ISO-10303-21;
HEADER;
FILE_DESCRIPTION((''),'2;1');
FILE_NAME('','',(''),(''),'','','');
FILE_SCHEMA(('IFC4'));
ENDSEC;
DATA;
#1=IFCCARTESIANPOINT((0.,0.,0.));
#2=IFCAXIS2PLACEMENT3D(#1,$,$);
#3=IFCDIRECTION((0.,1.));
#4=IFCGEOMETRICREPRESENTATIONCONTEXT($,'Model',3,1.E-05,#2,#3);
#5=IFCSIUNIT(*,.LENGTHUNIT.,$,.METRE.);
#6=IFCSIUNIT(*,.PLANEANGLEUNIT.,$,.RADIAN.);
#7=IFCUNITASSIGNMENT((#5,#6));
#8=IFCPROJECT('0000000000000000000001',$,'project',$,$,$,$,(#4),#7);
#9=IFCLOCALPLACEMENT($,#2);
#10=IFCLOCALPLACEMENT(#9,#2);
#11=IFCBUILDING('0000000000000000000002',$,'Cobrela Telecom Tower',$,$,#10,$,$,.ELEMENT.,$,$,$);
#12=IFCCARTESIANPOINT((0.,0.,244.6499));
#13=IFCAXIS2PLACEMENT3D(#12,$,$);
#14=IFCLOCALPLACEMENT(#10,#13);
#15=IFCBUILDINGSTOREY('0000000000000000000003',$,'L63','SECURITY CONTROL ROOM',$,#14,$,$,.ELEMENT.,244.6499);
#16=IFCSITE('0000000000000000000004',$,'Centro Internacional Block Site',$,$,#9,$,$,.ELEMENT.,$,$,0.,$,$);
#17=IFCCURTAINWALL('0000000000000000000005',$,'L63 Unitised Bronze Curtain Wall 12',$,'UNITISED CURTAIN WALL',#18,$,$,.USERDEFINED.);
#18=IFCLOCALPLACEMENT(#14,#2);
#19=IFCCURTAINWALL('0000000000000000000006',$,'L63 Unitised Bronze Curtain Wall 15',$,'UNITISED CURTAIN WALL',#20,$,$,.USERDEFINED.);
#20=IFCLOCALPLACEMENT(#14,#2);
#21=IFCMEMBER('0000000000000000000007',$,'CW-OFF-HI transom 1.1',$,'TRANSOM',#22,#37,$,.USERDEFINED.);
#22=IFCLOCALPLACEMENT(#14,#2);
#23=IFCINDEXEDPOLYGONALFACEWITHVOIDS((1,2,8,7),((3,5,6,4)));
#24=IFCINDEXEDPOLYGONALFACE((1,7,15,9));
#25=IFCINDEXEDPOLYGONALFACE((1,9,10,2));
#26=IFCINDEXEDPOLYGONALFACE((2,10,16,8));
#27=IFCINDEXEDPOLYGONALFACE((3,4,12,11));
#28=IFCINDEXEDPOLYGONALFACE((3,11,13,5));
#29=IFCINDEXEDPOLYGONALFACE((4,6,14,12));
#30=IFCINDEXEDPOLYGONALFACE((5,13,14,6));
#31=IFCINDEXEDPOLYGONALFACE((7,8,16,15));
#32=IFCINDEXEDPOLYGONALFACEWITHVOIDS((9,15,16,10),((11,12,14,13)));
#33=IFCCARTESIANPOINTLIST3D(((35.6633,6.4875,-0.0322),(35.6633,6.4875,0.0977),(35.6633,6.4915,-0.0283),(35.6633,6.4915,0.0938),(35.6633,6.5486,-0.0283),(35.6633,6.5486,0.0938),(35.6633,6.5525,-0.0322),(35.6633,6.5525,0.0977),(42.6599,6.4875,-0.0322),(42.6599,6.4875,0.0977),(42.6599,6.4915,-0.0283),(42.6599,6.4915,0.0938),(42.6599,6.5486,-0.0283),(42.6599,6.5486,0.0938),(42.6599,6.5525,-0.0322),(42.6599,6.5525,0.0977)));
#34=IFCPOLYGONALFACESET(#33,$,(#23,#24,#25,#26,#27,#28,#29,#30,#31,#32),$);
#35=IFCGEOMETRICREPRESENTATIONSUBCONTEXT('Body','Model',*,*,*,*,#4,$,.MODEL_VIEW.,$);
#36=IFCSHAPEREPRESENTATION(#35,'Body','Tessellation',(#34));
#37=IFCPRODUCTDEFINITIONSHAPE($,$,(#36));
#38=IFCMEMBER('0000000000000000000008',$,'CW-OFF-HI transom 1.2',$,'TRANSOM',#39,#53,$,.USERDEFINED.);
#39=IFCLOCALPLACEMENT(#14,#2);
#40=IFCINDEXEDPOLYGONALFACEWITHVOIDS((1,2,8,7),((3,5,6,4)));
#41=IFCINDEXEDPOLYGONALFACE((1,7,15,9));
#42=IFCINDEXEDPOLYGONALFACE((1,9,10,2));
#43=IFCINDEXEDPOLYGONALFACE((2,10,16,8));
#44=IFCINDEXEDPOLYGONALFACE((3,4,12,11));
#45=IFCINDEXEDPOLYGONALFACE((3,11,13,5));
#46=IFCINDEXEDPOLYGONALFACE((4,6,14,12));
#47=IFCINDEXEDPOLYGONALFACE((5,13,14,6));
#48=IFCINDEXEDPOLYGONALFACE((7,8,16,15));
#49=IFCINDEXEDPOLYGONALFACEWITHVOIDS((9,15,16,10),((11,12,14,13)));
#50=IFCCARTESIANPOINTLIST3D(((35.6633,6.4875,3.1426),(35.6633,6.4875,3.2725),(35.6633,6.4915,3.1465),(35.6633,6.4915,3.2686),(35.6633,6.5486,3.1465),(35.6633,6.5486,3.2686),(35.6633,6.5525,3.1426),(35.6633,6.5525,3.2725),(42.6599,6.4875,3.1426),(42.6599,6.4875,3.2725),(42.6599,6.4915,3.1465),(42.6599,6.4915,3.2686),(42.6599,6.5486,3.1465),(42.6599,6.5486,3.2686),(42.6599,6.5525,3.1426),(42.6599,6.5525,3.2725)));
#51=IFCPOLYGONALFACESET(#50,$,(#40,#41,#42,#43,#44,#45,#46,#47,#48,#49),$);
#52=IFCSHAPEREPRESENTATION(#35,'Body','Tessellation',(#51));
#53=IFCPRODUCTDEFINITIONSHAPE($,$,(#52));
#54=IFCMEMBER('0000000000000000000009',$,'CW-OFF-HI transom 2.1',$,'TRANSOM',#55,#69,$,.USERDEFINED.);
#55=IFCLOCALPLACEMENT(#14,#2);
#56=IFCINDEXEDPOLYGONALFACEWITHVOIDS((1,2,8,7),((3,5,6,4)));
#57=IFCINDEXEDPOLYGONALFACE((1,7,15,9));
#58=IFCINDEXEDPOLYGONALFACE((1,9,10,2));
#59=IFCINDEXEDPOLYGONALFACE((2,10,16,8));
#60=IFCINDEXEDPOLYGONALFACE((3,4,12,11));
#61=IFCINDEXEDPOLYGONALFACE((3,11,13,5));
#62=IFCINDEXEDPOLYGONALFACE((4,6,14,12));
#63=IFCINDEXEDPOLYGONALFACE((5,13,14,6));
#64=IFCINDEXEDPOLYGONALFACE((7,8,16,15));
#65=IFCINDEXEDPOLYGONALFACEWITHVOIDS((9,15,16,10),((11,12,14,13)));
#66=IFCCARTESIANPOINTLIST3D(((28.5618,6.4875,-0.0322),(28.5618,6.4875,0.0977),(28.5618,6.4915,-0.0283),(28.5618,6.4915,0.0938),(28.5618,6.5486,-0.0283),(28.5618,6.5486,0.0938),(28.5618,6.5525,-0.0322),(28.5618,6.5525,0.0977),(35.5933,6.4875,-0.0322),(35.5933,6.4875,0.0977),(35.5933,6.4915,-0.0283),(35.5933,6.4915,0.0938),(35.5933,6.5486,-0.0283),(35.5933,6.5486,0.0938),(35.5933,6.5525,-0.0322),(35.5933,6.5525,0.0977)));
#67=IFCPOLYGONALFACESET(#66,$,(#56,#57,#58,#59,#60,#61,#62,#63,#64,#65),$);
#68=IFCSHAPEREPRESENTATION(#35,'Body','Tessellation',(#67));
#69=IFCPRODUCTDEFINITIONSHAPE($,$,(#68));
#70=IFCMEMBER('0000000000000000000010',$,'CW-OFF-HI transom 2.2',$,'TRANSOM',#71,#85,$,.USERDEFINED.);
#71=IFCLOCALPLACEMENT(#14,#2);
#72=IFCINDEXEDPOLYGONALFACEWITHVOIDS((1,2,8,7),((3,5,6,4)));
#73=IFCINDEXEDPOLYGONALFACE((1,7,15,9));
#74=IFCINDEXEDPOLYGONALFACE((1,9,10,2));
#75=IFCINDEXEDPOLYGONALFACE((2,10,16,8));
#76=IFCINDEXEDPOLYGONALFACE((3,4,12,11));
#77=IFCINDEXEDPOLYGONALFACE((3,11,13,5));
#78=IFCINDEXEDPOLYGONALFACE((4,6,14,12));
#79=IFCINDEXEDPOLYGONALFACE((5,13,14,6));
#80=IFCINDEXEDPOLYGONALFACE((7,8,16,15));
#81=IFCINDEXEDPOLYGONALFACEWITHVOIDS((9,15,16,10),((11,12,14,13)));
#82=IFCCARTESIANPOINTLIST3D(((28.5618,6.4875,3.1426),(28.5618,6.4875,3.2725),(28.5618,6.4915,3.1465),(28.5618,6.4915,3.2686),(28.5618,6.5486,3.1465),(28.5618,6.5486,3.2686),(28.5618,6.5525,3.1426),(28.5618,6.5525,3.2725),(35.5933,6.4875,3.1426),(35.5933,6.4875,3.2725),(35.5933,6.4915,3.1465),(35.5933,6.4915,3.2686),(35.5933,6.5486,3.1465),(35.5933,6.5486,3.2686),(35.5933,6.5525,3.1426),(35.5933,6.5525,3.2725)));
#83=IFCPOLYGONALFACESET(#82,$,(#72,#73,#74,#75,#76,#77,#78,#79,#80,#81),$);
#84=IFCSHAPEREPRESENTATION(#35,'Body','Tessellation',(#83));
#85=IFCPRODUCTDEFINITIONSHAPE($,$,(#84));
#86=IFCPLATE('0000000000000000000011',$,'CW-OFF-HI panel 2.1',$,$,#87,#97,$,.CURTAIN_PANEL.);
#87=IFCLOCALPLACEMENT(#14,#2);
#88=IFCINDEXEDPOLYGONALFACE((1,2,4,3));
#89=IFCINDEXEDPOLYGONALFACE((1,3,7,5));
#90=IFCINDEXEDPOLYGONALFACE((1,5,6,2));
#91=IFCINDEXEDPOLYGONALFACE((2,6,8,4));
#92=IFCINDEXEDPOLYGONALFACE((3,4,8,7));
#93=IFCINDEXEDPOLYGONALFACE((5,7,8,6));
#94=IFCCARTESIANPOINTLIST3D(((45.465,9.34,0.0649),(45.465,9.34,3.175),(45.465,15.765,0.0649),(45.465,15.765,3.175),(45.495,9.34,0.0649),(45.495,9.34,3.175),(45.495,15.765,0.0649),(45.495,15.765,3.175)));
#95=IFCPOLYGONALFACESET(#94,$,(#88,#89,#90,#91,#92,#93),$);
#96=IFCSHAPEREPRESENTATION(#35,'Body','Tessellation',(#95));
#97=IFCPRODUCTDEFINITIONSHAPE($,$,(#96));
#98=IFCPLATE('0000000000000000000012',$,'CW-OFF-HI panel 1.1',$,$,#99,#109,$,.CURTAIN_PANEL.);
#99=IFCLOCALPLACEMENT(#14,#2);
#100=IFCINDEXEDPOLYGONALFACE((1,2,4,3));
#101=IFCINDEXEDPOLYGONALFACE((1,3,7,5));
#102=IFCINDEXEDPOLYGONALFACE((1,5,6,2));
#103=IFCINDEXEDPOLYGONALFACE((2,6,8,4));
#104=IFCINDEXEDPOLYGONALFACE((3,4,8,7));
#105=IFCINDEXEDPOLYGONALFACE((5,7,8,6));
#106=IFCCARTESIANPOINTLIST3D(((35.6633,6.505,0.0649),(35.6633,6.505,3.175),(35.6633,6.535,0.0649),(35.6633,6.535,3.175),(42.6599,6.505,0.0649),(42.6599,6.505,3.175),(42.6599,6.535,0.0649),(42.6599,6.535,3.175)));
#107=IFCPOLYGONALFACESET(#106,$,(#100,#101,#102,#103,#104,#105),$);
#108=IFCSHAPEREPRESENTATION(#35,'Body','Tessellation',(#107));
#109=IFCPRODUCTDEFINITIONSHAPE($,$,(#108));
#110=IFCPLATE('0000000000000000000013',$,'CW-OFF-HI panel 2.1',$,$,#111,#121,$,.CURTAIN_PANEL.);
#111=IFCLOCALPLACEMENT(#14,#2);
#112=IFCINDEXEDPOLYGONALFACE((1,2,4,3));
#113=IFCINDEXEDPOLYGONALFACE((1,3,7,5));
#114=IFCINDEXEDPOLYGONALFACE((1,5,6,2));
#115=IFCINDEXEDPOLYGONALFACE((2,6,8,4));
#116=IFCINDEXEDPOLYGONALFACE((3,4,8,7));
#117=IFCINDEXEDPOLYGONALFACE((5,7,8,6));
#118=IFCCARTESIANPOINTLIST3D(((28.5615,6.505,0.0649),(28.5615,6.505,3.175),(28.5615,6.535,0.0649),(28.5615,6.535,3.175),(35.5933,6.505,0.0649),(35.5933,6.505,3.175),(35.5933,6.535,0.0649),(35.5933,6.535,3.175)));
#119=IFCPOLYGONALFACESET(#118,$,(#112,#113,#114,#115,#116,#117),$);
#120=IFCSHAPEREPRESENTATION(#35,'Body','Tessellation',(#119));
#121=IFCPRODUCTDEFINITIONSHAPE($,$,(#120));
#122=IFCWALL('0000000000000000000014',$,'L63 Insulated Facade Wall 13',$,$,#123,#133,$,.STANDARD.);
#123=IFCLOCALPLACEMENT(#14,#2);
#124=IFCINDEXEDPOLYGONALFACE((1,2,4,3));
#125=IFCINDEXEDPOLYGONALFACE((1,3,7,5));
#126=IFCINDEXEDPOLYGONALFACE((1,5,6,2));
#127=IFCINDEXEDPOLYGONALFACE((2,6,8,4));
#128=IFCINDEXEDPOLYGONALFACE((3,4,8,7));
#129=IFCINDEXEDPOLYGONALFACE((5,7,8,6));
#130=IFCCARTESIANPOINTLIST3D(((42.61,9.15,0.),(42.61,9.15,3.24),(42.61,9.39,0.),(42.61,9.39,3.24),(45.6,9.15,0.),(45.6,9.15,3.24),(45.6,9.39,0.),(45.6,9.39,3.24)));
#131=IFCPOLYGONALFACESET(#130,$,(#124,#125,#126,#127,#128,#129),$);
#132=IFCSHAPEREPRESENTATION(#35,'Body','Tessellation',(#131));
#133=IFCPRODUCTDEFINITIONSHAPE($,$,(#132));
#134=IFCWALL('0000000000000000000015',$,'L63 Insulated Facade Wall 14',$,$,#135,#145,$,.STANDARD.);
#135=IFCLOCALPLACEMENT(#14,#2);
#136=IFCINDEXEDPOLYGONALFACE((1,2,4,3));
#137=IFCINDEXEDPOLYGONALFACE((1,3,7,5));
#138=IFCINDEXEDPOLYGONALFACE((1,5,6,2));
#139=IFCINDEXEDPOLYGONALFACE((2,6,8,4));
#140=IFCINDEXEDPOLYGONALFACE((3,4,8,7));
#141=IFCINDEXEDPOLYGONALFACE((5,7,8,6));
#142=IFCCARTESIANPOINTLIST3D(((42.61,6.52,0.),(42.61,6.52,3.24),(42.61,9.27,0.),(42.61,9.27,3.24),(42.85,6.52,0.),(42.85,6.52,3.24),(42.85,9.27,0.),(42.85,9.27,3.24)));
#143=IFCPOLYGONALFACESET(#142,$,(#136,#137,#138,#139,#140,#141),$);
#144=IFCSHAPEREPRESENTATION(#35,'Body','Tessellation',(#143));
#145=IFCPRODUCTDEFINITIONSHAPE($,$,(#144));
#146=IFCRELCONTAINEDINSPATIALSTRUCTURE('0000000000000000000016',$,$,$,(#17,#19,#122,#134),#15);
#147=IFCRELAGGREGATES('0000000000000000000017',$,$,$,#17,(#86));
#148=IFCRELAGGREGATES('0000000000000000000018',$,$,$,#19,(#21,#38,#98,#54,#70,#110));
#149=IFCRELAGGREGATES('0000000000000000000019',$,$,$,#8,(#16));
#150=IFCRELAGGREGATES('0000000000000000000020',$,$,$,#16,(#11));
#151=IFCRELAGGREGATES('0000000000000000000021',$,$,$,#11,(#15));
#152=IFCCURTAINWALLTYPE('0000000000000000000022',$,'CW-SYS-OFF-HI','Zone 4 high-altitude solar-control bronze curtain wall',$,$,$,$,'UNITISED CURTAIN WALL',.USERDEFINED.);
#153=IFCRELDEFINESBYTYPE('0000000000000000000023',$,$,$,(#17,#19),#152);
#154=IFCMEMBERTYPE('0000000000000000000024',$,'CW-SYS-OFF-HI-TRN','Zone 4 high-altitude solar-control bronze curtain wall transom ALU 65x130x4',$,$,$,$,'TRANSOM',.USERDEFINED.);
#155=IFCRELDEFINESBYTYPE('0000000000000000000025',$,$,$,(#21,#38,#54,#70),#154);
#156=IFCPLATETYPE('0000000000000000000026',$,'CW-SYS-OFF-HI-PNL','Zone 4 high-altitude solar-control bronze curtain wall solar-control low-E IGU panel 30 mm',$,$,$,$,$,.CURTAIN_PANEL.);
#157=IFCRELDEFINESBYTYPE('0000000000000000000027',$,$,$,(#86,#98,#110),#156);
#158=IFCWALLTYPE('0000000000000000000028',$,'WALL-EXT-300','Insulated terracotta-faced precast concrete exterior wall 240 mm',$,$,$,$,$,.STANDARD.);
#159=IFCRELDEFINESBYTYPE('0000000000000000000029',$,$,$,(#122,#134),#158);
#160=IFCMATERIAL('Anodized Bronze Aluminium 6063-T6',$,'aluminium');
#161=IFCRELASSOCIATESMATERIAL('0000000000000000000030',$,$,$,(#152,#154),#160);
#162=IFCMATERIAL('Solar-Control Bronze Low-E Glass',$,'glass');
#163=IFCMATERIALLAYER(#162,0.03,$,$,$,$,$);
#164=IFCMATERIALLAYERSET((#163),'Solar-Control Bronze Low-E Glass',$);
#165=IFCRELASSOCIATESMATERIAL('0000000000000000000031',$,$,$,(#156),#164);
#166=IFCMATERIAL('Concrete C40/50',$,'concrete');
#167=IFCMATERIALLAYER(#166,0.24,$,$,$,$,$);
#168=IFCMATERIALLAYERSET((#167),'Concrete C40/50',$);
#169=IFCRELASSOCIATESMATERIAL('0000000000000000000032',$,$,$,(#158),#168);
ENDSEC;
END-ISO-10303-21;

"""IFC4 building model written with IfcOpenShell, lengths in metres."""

from ifc_helpers import new_model, si_unit, direction, frame, frame_2d, origin, origin_2d, place, context, subcontext, project, spatial, rectangle, hollow_rectangle, extrude, material, layer, layer_set, material_profile, profile_set, type_object, element, aggregate, save


model = new_model("IFC4")

# Units and contexts
model_context = context("Model", 3, precision=1e-05, world=origin(), true_north=direction((0.0, 1.0)))
body_context = subcontext(model_context, "Body", "Model", "MODEL_VIEW")
ifc_project = project(units=[si_unit("LENGTHUNIT", "METRE"), si_unit("PLANEANGLEUNIT", "RADIAN")], contexts=[model_context])

# Site, building, storey
site_placement = place(None, origin())
site = spatial("IfcSite", under=ifc_project, at=site_placement, Name="Centro Internacional Block Site", CompositionType="ELEMENT", RefElevation=0.0)
building_placement = place(site_placement, origin())
building = spatial("IfcBuilding", under=site, at=building_placement, Name="Cobrela Telecom Tower", CompositionType="ELEMENT")
storey_placement = place(building_placement, frame((0.0, 0.0, 244.6499)))
storey = spatial("IfcBuildingStorey", under=building, at=storey_placement, Name="L63", Description="SECURITY CONTROL ROOM", CompositionType="ELEMENT", Elevation=244.6499)

# Curtain wall
ifc_material_1 = material(Name="Anodized Bronze Aluminium 6063-T6", Category="aluminium")
curtain_wall_type = type_object("IfcCurtainWallType", Name="CW-SYS-OFF-HI", Description="Zone 4 high-altitude solar-control bronze curtain wall", ElementType="UNITISED CURTAIN WALL", PredefinedType="USERDEFINED", material=ifc_material_1)
curtain_wall_1_placement = place(storey_placement, origin())
curtain_wall_1 = element("IfcCurtainWall", 1, at=curtain_wall_1_placement, inside=storey, type_object=curtain_wall_type, Name="L63 Unitised Bronze Curtain Wall 12", ObjectType="UNITISED CURTAIN WALL", PredefinedType="USERDEFINED")

# Curtain wall, members
curtain_wall_2_placement = place(storey_placement, origin())
curtain_wall_2 = element("IfcCurtainWall", 2, at=curtain_wall_2_placement, inside=storey, type_object=curtain_wall_type, Name="L63 Unitised Bronze Curtain Wall 15", ObjectType="UNITISED CURTAIN WALL", PredefinedType="USERDEFINED")
ifc_material_profile_1 = material_profile(ifc_material_1, hollow_rectangle(XDim=0.0649, YDim=0.1299, WallThickness=0.0039, at=origin_2d()), Name="ALU 65x130x4")
ifc_profile_set_1 = profile_set([ifc_material_profile_1], Name="Anodized Bronze Aluminium 6063-T6")
member_type_1 = type_object("IfcMemberType", Name="CW-SYS-OFF-HI-TRN", Description="Zone 4 high-altitude solar-control bronze curtain wall transom ALU 65x130x4", ElementType="TRANSOM", PredefinedType="USERDEFINED", material=ifc_profile_set_1)
member_1_placement = place(storey_placement, frame((42.6599, 6.52, 0.0327), z_axis=(-1.0, 0.0, 0.0), x_axis=(0.0, -1.0, 0.0)))
member_1 = element("IfcMember", 3, at=member_1_placement, type_object=member_type_1, Name="CW-OFF-HI transom 1.1", ObjectType="TRANSOM", PredefinedType="USERDEFINED", context=body_context, shape_type="SweptSolid", body=[
    extrude(hollow_rectangle(XDim=0.0649, YDim=0.1299, WallThickness=0.0039, at=origin_2d()), origin(), (0.0, 0.0, 1.0), 6.9966),
])
member_2_placement = place(storey_placement, frame((42.6599, 6.52, 3.2075), z_axis=(-1.0, 0.0, 0.0), x_axis=(0.0, -1.0, 0.0)))
member_2 = element("IfcMember", 4, at=member_2_placement, type_object=member_type_1, Name="CW-OFF-HI transom 1.2", ObjectType="TRANSOM", PredefinedType="USERDEFINED", context=body_context, shape_type="SweptSolid", body=[
    extrude(hollow_rectangle(XDim=0.0649, YDim=0.1299, WallThickness=0.0039, at=origin_2d()), origin(), (0.0, 0.0, 1.0), 6.9966),
])
member_3_placement = place(storey_placement, frame((35.5933, 6.52, 0.0327), z_axis=(-1.0, 0.0, 0.0), x_axis=(0.0, -1.0, 0.0)))
member_3 = element("IfcMember", 5, at=member_3_placement, type_object=member_type_1, Name="CW-OFF-HI transom 2.1", ObjectType="TRANSOM", PredefinedType="USERDEFINED", context=body_context, shape_type="SweptSolid", body=[
    extrude(hollow_rectangle(XDim=0.0649, YDim=0.1299, WallThickness=0.0039, at=origin_2d()), origin(), (0.0, 0.0, 1.0), 7.0315),
])
member_4_placement = place(storey_placement, frame((35.5933, 6.52, 3.2075), z_axis=(-1.0, 0.0, 0.0), x_axis=(0.0, -1.0, 0.0)))
member_4 = element("IfcMember", 6, at=member_4_placement, type_object=member_type_1, Name="CW-OFF-HI transom 2.2", ObjectType="TRANSOM", PredefinedType="USERDEFINED", context=body_context, shape_type="SweptSolid", body=[
    extrude(hollow_rectangle(XDim=0.0649, YDim=0.1299, WallThickness=0.0039, at=origin_2d()), origin(), (0.0, 0.0, 1.0), 7.0315),
])

# Plates
ifc_material_2 = material(Name="Solar-Control Bronze Low-E Glass", Category="glass")
ifc_layer_1 = layer(ifc_material_2, 0.03)
ifc_layer_set_1 = layer_set([ifc_layer_1], Name="Solar-Control Bronze Low-E Glass")
plate_type = type_object("IfcPlateType", Name="CW-SYS-OFF-HI-PNL", Description="Zone 4 high-altitude solar-control bronze curtain wall solar-control low-E IGU panel 30 mm", PredefinedType="CURTAIN_PANEL", material=ifc_layer_set_1)
plate_1_placement = place(storey_placement, frame((45.48, 12.5525, 0.0649), z_axis=(0.0, 0.0, 1.0), x_axis=(0.0, -1.0, 0.0)))
plate_1 = element("IfcPlate", 7, at=plate_1_placement, type_object=plate_type, Name="CW-OFF-HI panel 2.1", PredefinedType="CURTAIN_PANEL", context=body_context, shape_type="SweptSolid", body=[
    extrude(rectangle(XDim=6.425, YDim=0.03, at=origin_2d()), origin(), (0.0, 0.0, 1.0), 3.1101),
])
aggregate(curtain_wall_1, [plate_1])
plate_2_placement = place(storey_placement, frame((39.1616, 6.52, 0.0649), z_axis=(0.0, 0.0, 1.0), x_axis=(-1.0, 0.0, 0.0)))
plate_2 = element("IfcPlate", 8, at=plate_2_placement, type_object=plate_type, Name="CW-OFF-HI panel 1.1", PredefinedType="CURTAIN_PANEL", context=body_context, shape_type="SweptSolid", body=[
    extrude(rectangle(XDim=6.9966, YDim=0.03, at=origin_2d()), origin(), (0.0, 0.0, 1.0), 3.1101),
])
plate_3_placement = place(storey_placement, frame((32.0774, 6.52, 0.0649), z_axis=(0.0, 0.0, 1.0), x_axis=(-1.0, 0.0, 0.0)))
plate_3 = element("IfcPlate", 9, at=plate_3_placement, type_object=plate_type, Name="CW-OFF-HI panel 2.1", PredefinedType="CURTAIN_PANEL", context=body_context, shape_type="SweptSolid", body=[
    extrude(rectangle(XDim=7.0317, YDim=0.03, at=origin_2d()), origin(), (0.0, 0.0, 1.0), 3.1101),
])
aggregate(curtain_wall_2, [member_1, member_2, plate_2, member_3, member_4, plate_3])

# Walls
ifc_material_3 = material(Name="Concrete C40/50", Category="concrete")
ifc_layer_2 = layer(ifc_material_3, 0.24)
ifc_layer_set_2 = layer_set([ifc_layer_2], Name="Concrete C40/50")
wall_type = type_object("IfcWallType", Name="WALL-EXT-300", Description="Insulated terracotta-faced precast concrete exterior wall 240 mm", PredefinedType="STANDARD", material=ifc_layer_set_2)
wall_1_placement = place(storey_placement, frame((45.6001, 9.27, 0.0), z_axis=(0.0, 0.0, 1.0), x_axis=(-1.0, 0.0, 0.0)))
element("IfcWall", 10, at=wall_1_placement, inside=storey, type_object=wall_type, Name="L63 Insulated Facade Wall 13", PredefinedType="STANDARD", context=body_context, shape_type="SweptSolid", body=[
    extrude(rectangle(XDim=2.99, YDim=0.24, at=frame_2d((1.4951, 0.0))), origin(), (0.0, 0.0, 1.0), 3.24),
])
wall_2_placement = place(storey_placement, frame((42.73, 9.27, 0.0), z_axis=(0.0, 0.0, 1.0), x_axis=(0.0, -1.0, 0.0)))
element("IfcWall", 11, at=wall_2_placement, inside=storey, type_object=wall_type, Name="L63 Insulated Facade Wall 14", PredefinedType="STANDARD", context=body_context, shape_type="SweptSolid", body=[
    extrude(rectangle(XDim=2.75, YDim=0.24, at=frame_2d((1.375, 0.0))), origin(), (0.0, 0.0, 1.0), 3.24),
])

save(model, "model.ifc")
